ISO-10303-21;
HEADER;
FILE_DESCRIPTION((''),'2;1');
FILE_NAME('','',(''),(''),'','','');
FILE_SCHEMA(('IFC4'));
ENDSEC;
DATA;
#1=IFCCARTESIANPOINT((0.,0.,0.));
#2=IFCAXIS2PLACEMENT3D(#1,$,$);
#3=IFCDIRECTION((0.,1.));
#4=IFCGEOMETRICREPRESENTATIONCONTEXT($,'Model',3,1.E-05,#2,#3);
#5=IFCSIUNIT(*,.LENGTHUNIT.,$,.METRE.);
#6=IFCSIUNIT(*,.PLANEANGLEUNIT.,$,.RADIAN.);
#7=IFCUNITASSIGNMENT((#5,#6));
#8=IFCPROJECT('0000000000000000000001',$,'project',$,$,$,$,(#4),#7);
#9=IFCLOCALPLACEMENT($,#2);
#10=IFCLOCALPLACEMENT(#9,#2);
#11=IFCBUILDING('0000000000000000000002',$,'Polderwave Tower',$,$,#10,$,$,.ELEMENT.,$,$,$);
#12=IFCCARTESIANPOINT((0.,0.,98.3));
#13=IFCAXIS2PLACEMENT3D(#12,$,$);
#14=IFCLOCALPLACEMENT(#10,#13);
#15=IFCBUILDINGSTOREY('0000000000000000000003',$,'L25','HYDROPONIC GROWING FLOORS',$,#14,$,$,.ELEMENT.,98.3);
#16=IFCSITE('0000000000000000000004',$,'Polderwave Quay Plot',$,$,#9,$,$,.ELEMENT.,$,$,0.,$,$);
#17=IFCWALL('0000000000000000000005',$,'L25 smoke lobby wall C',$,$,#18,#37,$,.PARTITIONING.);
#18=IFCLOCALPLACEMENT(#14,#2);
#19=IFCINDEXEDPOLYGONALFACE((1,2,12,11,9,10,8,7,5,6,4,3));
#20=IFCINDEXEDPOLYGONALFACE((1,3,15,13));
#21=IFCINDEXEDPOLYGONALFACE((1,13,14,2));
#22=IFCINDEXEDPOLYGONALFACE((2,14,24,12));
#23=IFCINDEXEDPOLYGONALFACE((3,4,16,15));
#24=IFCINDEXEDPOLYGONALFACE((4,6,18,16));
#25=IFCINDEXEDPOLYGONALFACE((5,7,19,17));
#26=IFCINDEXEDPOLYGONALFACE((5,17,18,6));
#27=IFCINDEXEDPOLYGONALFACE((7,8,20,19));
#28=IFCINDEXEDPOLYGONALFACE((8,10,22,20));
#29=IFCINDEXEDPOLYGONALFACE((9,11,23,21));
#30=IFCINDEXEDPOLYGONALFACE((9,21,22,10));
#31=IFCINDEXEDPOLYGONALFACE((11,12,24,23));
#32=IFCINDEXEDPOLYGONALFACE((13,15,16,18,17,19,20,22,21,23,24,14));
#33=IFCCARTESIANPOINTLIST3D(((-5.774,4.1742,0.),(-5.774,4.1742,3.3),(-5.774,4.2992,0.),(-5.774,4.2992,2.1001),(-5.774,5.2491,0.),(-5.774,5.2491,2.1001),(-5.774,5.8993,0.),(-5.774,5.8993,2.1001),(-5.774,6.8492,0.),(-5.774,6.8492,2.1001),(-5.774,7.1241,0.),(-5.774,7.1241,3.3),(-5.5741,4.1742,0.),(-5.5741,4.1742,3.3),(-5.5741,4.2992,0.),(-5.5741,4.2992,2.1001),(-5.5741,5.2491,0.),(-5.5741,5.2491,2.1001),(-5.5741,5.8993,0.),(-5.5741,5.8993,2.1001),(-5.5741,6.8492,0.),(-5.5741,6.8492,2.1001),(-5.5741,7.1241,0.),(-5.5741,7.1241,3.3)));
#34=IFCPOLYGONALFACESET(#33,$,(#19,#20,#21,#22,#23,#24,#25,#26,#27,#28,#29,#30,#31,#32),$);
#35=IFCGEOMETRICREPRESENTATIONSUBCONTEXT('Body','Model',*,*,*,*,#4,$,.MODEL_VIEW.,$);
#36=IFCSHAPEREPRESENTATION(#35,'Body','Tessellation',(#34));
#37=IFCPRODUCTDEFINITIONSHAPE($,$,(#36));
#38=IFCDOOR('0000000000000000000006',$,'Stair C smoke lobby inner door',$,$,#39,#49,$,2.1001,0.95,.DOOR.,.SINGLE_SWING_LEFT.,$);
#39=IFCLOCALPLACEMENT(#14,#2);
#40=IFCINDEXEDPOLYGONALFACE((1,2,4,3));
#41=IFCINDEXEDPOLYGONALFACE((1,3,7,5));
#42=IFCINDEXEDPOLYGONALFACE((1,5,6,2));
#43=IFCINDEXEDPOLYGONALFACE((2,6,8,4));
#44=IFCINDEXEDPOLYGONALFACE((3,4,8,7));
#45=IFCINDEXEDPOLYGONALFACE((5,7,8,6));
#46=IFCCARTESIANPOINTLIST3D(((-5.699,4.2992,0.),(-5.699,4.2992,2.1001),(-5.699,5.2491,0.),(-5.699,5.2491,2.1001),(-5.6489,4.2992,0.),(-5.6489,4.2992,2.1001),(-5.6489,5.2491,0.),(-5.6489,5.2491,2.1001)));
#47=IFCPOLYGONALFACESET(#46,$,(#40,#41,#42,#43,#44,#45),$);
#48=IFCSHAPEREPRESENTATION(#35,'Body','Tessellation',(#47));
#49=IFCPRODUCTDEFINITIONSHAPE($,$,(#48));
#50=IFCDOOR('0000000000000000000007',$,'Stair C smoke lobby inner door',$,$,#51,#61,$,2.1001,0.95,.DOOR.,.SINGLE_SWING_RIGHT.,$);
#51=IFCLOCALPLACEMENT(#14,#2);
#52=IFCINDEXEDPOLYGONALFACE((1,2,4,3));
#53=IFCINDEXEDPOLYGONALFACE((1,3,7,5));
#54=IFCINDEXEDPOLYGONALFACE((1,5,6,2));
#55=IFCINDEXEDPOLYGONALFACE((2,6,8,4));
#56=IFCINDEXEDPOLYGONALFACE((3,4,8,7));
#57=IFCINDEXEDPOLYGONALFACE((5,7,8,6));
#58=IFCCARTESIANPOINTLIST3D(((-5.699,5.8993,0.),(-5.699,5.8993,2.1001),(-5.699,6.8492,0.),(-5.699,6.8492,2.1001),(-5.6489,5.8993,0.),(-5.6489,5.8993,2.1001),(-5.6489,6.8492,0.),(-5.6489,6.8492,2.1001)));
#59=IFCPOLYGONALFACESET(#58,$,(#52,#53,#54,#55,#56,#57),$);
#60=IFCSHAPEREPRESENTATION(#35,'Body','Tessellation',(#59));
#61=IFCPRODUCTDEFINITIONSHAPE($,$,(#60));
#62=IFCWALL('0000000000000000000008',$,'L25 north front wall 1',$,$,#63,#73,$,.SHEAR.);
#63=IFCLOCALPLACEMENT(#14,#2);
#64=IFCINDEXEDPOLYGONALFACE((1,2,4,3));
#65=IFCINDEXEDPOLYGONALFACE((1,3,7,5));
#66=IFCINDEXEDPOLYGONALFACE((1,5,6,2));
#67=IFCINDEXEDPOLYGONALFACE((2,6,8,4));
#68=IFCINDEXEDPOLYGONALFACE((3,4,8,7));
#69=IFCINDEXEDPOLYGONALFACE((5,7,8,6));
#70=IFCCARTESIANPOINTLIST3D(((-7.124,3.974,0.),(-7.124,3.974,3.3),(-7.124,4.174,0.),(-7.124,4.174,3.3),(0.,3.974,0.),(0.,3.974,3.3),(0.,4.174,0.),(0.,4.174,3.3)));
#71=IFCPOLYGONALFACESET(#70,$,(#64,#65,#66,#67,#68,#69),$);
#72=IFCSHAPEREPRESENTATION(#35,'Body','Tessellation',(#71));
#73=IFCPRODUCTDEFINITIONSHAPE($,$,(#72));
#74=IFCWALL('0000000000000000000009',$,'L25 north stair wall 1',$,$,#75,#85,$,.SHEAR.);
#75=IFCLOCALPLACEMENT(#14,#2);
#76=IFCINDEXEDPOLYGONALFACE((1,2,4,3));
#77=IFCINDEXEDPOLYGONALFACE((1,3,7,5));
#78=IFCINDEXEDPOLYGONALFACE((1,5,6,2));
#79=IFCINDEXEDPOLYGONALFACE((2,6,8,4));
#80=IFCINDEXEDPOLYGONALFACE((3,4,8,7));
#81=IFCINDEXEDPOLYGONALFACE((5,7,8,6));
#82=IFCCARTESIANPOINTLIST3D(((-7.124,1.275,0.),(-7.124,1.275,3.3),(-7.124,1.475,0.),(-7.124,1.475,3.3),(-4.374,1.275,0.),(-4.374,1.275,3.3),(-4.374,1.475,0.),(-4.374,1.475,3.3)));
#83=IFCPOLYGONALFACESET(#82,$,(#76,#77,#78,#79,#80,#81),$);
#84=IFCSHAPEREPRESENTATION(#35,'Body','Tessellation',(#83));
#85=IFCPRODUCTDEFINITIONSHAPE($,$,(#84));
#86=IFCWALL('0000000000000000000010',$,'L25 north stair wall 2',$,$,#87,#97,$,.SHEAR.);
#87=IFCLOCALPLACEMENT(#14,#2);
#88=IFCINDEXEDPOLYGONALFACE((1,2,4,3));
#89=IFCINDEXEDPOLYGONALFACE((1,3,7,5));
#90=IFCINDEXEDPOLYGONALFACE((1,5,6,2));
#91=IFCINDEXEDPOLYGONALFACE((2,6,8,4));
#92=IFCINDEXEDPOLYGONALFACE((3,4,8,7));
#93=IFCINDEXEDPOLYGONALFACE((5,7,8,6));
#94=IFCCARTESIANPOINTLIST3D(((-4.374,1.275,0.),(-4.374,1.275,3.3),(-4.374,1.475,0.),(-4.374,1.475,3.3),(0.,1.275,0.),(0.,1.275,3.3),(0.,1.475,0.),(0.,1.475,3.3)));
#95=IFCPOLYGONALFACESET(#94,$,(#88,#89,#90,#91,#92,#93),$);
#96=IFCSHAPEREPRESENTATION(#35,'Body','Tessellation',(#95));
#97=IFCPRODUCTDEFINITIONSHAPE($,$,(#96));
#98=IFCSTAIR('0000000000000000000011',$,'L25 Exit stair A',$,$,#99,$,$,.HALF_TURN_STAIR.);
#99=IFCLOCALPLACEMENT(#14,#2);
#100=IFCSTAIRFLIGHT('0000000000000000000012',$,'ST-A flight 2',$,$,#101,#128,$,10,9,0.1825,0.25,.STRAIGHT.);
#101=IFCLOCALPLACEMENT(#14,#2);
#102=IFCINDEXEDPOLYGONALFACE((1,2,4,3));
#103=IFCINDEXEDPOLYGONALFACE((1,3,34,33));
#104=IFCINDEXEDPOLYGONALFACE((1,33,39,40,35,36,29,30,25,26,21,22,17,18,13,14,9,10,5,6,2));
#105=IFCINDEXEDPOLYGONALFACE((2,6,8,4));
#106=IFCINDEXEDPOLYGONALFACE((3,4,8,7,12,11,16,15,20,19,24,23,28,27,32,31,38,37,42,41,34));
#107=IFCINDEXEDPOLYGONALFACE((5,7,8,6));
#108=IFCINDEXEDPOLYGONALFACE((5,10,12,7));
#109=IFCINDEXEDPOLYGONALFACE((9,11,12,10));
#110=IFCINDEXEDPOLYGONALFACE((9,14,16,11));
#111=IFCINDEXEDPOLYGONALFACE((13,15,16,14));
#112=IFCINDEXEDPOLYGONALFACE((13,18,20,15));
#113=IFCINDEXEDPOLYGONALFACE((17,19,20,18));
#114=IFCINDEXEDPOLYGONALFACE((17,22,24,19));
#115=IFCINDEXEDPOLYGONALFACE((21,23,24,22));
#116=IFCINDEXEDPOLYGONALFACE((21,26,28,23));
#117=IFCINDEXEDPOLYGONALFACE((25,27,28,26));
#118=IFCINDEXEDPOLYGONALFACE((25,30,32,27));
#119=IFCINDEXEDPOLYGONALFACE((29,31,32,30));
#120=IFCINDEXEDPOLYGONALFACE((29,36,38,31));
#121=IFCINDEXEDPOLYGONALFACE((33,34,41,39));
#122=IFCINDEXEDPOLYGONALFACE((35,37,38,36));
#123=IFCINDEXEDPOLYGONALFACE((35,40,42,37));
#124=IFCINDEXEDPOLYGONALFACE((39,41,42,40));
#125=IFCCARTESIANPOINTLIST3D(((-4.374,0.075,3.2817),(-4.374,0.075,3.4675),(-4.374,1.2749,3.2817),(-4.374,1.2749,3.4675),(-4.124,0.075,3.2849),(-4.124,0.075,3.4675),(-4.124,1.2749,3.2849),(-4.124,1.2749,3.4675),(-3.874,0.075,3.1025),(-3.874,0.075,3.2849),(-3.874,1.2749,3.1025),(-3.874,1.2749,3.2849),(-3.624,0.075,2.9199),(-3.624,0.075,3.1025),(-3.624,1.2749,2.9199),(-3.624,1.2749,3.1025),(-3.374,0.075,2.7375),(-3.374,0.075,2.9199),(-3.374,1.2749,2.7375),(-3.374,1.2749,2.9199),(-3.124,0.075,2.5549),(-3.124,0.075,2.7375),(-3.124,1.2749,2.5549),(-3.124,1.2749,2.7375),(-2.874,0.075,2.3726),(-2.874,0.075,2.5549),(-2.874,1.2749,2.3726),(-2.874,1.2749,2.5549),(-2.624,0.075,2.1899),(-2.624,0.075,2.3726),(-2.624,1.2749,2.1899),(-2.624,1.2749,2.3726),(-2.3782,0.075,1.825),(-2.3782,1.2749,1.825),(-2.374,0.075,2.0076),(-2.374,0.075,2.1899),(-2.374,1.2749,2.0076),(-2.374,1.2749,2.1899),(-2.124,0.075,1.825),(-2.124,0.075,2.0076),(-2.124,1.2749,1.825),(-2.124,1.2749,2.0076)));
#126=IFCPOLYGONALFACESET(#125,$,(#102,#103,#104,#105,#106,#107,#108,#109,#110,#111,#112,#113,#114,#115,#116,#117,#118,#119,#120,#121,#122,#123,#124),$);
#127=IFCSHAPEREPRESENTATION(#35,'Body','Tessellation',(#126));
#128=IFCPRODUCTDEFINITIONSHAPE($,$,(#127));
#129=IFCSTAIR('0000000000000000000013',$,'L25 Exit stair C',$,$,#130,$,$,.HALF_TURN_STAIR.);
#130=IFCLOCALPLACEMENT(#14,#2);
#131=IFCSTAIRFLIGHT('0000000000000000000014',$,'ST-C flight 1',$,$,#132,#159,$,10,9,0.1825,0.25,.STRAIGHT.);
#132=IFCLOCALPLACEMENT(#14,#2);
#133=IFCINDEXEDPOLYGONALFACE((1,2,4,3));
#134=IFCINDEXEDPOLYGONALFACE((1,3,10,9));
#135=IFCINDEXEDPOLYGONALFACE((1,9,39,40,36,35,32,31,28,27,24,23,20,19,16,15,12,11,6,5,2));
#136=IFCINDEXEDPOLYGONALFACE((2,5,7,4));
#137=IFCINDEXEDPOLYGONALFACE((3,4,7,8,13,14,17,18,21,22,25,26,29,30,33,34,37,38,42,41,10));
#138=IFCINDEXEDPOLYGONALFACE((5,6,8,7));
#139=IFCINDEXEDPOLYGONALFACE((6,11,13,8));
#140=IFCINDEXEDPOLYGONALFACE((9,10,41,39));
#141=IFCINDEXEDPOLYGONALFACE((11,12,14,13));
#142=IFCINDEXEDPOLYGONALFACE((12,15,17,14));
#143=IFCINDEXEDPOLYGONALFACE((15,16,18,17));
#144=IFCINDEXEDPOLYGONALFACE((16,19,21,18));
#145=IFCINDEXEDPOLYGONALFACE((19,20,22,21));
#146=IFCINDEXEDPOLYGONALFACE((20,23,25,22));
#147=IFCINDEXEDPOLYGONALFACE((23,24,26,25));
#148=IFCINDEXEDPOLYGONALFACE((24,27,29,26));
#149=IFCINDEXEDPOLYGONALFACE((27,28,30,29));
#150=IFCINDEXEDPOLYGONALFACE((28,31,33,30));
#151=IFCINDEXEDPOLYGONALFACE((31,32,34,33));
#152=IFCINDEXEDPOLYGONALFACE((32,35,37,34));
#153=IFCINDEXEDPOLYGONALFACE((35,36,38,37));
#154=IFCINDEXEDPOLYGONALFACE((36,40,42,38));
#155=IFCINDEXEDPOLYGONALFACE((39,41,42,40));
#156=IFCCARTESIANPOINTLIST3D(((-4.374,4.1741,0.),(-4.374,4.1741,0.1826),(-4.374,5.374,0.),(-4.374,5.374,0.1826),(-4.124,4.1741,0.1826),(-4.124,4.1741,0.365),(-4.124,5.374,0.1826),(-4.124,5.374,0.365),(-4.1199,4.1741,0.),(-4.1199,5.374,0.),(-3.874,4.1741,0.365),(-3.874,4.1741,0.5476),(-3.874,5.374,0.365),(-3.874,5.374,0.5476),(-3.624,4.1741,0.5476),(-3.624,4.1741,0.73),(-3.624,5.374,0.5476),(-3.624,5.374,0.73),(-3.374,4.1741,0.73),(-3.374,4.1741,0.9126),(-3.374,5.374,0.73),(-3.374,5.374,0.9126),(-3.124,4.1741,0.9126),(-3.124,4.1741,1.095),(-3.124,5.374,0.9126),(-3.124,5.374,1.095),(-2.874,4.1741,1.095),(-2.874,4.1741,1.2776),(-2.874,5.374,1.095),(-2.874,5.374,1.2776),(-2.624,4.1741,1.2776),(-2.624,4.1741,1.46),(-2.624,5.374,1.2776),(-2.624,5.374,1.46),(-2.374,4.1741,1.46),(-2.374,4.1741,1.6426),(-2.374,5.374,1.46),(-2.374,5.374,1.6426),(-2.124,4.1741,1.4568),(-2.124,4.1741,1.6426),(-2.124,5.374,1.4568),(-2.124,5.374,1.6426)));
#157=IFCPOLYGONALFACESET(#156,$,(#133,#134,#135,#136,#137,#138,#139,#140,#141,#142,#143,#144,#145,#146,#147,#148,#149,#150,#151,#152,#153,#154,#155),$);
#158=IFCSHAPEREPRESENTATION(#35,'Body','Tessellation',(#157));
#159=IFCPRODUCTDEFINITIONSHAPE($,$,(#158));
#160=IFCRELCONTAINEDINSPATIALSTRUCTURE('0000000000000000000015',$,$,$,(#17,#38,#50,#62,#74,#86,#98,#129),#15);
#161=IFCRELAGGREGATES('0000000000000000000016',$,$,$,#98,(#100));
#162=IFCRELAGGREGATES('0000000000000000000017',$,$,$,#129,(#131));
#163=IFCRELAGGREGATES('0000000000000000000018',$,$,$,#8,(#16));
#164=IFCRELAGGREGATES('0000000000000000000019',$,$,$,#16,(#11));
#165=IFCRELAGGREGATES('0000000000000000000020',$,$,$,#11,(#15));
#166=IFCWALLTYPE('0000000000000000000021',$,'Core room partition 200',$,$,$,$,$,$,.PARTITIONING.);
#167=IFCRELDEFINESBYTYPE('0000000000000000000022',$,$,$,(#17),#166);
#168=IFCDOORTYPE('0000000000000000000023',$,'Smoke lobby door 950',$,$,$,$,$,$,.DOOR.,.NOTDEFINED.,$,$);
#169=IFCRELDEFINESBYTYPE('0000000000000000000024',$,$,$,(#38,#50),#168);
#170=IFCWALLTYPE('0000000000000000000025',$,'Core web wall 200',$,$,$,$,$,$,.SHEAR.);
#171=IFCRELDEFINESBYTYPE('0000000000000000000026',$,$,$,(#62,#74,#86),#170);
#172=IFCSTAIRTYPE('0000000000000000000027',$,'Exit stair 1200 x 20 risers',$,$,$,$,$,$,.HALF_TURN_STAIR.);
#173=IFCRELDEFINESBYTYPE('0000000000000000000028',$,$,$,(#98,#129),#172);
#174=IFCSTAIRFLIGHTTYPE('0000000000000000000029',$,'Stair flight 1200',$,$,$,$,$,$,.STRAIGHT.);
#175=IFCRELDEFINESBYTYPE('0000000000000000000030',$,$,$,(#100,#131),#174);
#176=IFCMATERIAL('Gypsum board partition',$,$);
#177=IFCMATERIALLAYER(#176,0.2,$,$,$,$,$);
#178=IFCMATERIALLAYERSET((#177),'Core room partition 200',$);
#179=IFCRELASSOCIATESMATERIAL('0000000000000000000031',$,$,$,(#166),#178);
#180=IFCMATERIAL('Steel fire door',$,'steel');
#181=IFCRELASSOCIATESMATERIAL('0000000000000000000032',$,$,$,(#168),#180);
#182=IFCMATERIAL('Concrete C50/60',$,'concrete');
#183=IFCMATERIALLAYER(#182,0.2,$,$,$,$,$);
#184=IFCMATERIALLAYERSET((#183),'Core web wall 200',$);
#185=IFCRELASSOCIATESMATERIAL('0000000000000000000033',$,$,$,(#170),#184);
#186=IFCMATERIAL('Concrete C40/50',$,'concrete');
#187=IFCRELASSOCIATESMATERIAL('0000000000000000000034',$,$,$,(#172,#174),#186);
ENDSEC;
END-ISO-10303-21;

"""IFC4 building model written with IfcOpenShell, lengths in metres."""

from ifc_helpers import new_model, si_unit, direction, frame, frame_2d, origin, place, context, subcontext, project, spatial, polyline, rectangle, outline, extrude, material, layer, layer_set, type_object, element, fill, aggregate, save


model = new_model("IFC4")

# Units and contexts
model_context = context("Model", 3, precision=1e-05, world=origin(), true_north=direction((0.0, 1.0)))
body_context = subcontext(model_context, "Body", "Model", "MODEL_VIEW")
ifc_project = project(units=[si_unit("LENGTHUNIT", "METRE"), si_unit("PLANEANGLEUNIT", "RADIAN")], contexts=[model_context])

# Site, building, storey
site_placement = place(None, origin())
site = spatial("IfcSite", under=ifc_project, at=site_placement, Name="Polderwave Quay Plot", CompositionType="ELEMENT", RefElevation=0.0)
building_placement = place(site_placement, origin())
building = spatial("IfcBuilding", under=site, at=building_placement, Name="Polderwave Tower", CompositionType="ELEMENT")
storey_placement = place(building_placement, frame((0.0, 0.0, 98.3)))
storey = spatial("IfcBuildingStorey", under=building, at=storey_placement, Name="L25", Description="HYDROPONIC GROWING FLOORS", CompositionType="ELEMENT", Elevation=98.3)

# Wall, openings, doors
ifc_material_1 = material(Name="Gypsum board partition")
ifc_layer_1 = layer(ifc_material_1, 0.2)
ifc_layer_set_1 = layer_set([ifc_layer_1], Name="Core room partition 200")
wall_type_1 = type_object("IfcWallType", Name="Core room partition 200", PredefinedType="PARTITIONING", material=ifc_layer_set_1)
wall_1_placement = place(storey_placement, frame((-5.6741, 4.1741, 0.0), z_axis=(0.0, 0.0, 1.0), x_axis=(0.0, 1.0, 0.0)))
wall_1 = element("IfcWall", 1, at=wall_1_placement, inside=storey, type_object=wall_type_1, Name="L25 smoke lobby wall C", PredefinedType="PARTITIONING", context=body_context, shape_type="SweptSolid", body=[
    extrude(rectangle(XDim=2.95, YDim=0.2, at=frame_2d((1.4751, 0.0))), origin(), (0.0, 0.0, 1.0), 3.3),
])
opening_1_placement = place(wall_1_placement, frame((0.125, 0.0, 0.0)))
opening_1 = element("IfcOpeningElement", 2, at=opening_1_placement, cuts=wall_1, PredefinedType="OPENING", context=body_context, shape_type="SweptSolid", body=[
    extrude(rectangle(XDim=0.95, YDim=2.1001, at=frame_2d((0.4751, 1.05))), frame((0.0, 0.1099, 0.0), z_axis=(0.0, -1.0, 0.0), x_axis=(1.0, 0.0, 0.0)), (0.0, 0.0, 1.0), 0.22),
])
opening_2_placement = place(wall_1_placement, frame((1.7251, 0.0, 0.0)))
opening_2 = element("IfcOpeningElement", 3, at=opening_2_placement, cuts=wall_1, PredefinedType="OPENING", context=body_context, shape_type="SweptSolid", body=[
    extrude(rectangle(XDim=0.95, YDim=2.1001, at=frame_2d((0.4751, 1.05))), frame((0.0, 0.1099, 0.0), z_axis=(0.0, -1.0, 0.0), x_axis=(1.0, 0.0, 0.0)), (0.0, 0.0, 1.0), 0.22),
])
ifc_material_2 = material(Name="Steel fire door", Category="steel")
door_type = type_object("IfcDoorType", Name="Smoke lobby door 950", OperationType="NOTDEFINED", PredefinedType="DOOR", material=ifc_material_2)
door_1_placement = place(opening_1_placement, origin())
door_1 = element("IfcDoor", 4, at=door_1_placement, inside=storey, type_object=door_type, Name="Stair C smoke lobby inner door", OperationType="SINGLE_SWING_LEFT", OverallHeight=2.1001, OverallWidth=0.95, PredefinedType="DOOR", context=body_context, shape_type="SweptSolid", body=[
    extrude(rectangle(XDim=0.95, YDim=2.1001, at=frame_2d((0.4751, 1.05))), frame((0.0, 0.0249, 0.0), z_axis=(0.0, -1.0, 0.0), x_axis=(1.0, 0.0, 0.0)), (0.0, 0.0, 1.0), 0.05),
])
fill(opening_1, door_1)
door_2_placement = place(opening_2_placement, origin())
door_2 = element("IfcDoor", 5, at=door_2_placement, inside=storey, type_object=door_type, Name="Stair C smoke lobby inner door", OperationType="SINGLE_SWING_RIGHT", OverallHeight=2.1001, OverallWidth=0.95, PredefinedType="DOOR", context=body_context, shape_type="SweptSolid", body=[
    extrude(rectangle(XDim=0.95, YDim=2.1001, at=frame_2d((0.4751, 1.05))), frame((0.0, 0.0249, 0.0), z_axis=(0.0, -1.0, 0.0), x_axis=(1.0, 0.0, 0.0)), (0.0, 0.0, 1.0), 0.05),
])
fill(opening_2, door_2)

# Walls
ifc_material_3 = material(Name="Concrete C50/60", Category="concrete")
ifc_layer_2 = layer(ifc_material_3, 0.2)
ifc_layer_set_2 = layer_set([ifc_layer_2], Name="Core web wall 200")
wall_type_2 = type_object("IfcWallType", Name="Core web wall 200", PredefinedType="SHEAR", material=ifc_layer_set_2)
wall_2_placement = place(storey_placement, frame((-7.124, 4.074, 0.0), z_axis=(0.0, 0.0, 1.0), x_axis=(1.0, 0.0, 0.0)))
element("IfcWall", 6, at=wall_2_placement, inside=storey, type_object=wall_type_2, Name="L25 north front wall 1", PredefinedType="SHEAR", context=body_context, shape_type="SweptSolid", body=[
    extrude(rectangle(XDim=7.124, YDim=0.2, at=frame_2d((3.562, 0.0))), origin(), (0.0, 0.0, 1.0), 3.3),
])
wall_3_placement = place(storey_placement, frame((-7.124, 1.375, 0.0), z_axis=(0.0, 0.0, 1.0), x_axis=(1.0, 0.0, 0.0)))
element("IfcWall", 7, at=wall_3_placement, inside=storey, type_object=wall_type_2, Name="L25 north stair wall 1", PredefinedType="SHEAR", context=body_context, shape_type="SweptSolid", body=[
    extrude(rectangle(XDim=2.75, YDim=0.2, at=frame_2d((1.375, 0.0))), origin(), (0.0, 0.0, 1.0), 3.3),
])
wall_4_placement = place(storey_placement, frame((-4.374, 1.375, 0.0), z_axis=(0.0, 0.0, 1.0), x_axis=(1.0, 0.0, 0.0)))
element("IfcWall", 8, at=wall_4_placement, inside=storey, type_object=wall_type_2, Name="L25 north stair wall 2", PredefinedType="SHEAR", context=body_context, shape_type="SweptSolid", body=[
    extrude(rectangle(XDim=4.374, YDim=0.2, at=frame_2d((2.187, 0.0))), origin(), (0.0, 0.0, 1.0), 3.3),
])

# Stair, stair flight
ifc_material_4 = material(Name="Concrete C40/50", Category="concrete")
stair_type = type_object("IfcStairType", Name="Exit stair 1200 x 20 risers", PredefinedType="HALF_TURN_STAIR", material=ifc_material_4)
stair_1_placement = place(storey_placement, origin())
stair_1 = element("IfcStair", 9, at=stair_1_placement, inside=storey, type_object=stair_type, Name="L25 Exit stair A", PredefinedType="HALF_TURN_STAIR")
stair_flight_type = type_object("IfcStairFlightType", Name="Stair flight 1200", PredefinedType="STRAIGHT", material=ifc_material_4)
stair_flight_1_placement = place(storey_placement, frame((-2.124, 0.675, 1.825), z_axis=(0.0, 0.0, 1.0), x_axis=(-1.0, 0.0, 0.0)))
stair_flight_1 = element("IfcStairFlight", 10, at=stair_flight_1_placement, type_object=stair_flight_type, Name="ST-A flight 2", NumberOfRisers=10, NumberOfTreads=9, PredefinedType="STRAIGHT", RiserHeight=0.1825, TreadLength=0.25, context=body_context, shape_type="SweptSolid", body=[
    extrude(outline(polyline([(0.0, 0.0), (0.0, 0.1826), (0.25, 0.1826), (0.25, 0.365), (0.5, 0.365), (0.5, 0.5476), (0.75, 0.5476), (0.75, 0.73), (1.0, 0.73), (1.0, 0.9126), (1.25, 0.9126), (1.25, 1.095), (1.5, 1.095), (1.5, 1.2776), (1.75, 1.2776), (1.75, 1.46), (2.0, 1.46), (2.0, 1.6426), (2.25, 1.6426), (2.25, 1.825), (2.25, 1.4568), (0.2542, 0.0), (0.0, 0.0)])), frame((0.0, 0.6001, 0.0), z_axis=(0.0, -1.0, 0.0), x_axis=(1.0, 0.0, 0.0)), (0.0, 0.0, 1.0), 1.2),
])
aggregate(stair_1, [stair_flight_1])

# Stair, stair flight
stair_2_placement = place(storey_placement, origin())
stair_2 = element("IfcStair", 11, at=stair_2_placement, inside=storey, type_object=stair_type, Name="L25 Exit stair C", PredefinedType="HALF_TURN_STAIR")
stair_flight_2_placement = place(storey_placement, frame((-4.374, 4.7739, 0.0), z_axis=(0.0, 0.0, 1.0), x_axis=(1.0, 0.0, 0.0)))
stair_flight_2 = element("IfcStairFlight", 12, at=stair_flight_2_placement, type_object=stair_flight_type, Name="ST-C flight 1", NumberOfRisers=10, NumberOfTreads=9, PredefinedType="STRAIGHT", RiserHeight=0.1825, TreadLength=0.25, context=body_context, shape_type="SweptSolid", body=[
    extrude(outline(polyline([(0.0, 0.0), (0.0, 0.1826), (0.25, 0.1826), (0.25, 0.365), (0.5, 0.365), (0.5, 0.5476), (0.75, 0.5476), (0.75, 0.73), (1.0, 0.73), (1.0, 0.9126), (1.25, 0.9126), (1.25, 1.095), (1.5, 1.095), (1.5, 1.2776), (1.75, 1.2776), (1.75, 1.46), (2.0, 1.46), (2.0, 1.6426), (2.25, 1.6426), (2.25, 1.825), (2.25, 1.4568), (0.2542, 0.0), (0.0, 0.0)])), frame((0.0, 0.6001, 0.0), z_axis=(0.0, -1.0, 0.0), x_axis=(1.0, 0.0, 0.0)), (0.0, 0.0, 1.0), 1.2),
])
aggregate(stair_2, [stair_flight_2])

save(model, "model.ifc")
